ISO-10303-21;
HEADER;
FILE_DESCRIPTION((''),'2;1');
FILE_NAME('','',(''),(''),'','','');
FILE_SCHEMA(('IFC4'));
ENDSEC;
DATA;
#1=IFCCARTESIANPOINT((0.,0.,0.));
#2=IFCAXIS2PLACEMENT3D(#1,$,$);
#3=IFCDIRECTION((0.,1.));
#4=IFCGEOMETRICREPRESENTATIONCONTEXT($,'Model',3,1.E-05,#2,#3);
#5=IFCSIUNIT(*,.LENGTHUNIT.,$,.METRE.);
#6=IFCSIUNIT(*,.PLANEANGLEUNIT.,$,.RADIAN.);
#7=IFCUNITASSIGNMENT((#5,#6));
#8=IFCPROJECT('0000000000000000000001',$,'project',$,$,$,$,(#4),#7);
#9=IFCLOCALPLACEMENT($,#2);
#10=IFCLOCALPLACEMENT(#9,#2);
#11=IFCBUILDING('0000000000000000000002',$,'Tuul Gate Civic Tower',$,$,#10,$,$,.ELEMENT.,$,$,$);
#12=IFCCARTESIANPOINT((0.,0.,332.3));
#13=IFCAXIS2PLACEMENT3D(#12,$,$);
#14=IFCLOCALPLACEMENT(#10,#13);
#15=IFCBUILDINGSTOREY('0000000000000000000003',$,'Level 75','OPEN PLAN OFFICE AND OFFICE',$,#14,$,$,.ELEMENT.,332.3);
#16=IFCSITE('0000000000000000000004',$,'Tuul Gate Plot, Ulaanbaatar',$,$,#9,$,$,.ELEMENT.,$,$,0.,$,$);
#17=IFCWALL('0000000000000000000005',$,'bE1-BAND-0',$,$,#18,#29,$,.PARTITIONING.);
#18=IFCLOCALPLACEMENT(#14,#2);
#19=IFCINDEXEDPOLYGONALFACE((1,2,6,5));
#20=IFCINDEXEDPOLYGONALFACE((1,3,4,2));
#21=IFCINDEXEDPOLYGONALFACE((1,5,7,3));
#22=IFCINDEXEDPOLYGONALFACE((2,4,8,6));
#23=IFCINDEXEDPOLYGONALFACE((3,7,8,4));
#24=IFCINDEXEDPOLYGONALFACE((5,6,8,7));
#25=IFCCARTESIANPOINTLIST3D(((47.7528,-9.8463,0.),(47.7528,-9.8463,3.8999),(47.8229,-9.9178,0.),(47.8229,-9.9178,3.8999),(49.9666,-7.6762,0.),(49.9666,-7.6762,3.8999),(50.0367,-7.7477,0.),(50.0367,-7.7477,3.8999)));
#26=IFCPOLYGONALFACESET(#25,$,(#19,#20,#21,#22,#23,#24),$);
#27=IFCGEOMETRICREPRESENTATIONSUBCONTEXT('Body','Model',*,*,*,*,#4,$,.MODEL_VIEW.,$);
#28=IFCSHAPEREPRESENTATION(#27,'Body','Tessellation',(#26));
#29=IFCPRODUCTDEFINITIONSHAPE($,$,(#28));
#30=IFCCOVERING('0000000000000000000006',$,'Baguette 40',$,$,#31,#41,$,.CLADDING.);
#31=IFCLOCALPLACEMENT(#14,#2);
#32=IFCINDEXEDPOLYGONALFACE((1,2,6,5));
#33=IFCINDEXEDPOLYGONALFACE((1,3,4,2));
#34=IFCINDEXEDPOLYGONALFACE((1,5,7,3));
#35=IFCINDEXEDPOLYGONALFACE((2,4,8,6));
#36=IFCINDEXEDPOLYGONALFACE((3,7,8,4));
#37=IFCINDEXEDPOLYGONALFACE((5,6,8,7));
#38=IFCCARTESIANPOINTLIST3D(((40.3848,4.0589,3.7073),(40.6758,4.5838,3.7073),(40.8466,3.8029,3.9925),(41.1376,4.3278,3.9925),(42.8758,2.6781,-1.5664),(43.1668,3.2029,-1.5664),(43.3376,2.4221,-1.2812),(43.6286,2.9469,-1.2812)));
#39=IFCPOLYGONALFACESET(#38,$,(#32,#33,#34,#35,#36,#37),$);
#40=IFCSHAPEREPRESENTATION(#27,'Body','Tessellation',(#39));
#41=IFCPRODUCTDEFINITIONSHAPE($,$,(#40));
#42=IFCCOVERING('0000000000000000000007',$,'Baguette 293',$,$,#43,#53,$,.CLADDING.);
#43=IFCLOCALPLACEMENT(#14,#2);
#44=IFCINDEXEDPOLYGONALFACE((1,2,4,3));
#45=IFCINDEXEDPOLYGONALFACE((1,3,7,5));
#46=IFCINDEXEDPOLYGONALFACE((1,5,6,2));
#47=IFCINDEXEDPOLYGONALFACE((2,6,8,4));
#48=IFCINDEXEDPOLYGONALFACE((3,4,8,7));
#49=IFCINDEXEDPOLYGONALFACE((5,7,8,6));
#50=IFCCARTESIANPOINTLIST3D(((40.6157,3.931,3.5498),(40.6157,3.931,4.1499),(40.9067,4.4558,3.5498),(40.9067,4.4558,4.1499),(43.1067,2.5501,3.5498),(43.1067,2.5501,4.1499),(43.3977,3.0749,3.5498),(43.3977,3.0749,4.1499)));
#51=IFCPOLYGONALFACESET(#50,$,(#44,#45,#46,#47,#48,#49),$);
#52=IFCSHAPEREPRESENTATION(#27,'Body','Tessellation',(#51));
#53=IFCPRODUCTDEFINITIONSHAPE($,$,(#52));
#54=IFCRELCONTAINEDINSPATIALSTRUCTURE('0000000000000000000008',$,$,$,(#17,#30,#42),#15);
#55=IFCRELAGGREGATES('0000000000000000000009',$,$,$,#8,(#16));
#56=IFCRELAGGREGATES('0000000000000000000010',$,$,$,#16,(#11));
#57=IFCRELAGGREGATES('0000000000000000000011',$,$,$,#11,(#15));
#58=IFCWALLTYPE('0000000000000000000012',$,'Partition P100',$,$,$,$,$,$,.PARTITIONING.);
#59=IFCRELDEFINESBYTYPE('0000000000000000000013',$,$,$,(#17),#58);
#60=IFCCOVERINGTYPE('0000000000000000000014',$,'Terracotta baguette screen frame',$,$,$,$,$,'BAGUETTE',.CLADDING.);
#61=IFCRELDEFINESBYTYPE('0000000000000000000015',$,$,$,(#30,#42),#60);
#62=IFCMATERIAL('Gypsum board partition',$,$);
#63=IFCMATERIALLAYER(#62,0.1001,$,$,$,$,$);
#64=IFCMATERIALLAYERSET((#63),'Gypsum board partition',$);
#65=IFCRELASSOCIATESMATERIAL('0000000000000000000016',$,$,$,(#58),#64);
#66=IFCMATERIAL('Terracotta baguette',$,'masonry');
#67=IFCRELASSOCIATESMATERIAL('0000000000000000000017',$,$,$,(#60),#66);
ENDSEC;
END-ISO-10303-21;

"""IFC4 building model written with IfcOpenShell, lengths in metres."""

from ifc_helpers import new_model, si_unit, direction, frame, frame_2d, origin, origin_2d, place, context, subcontext, project, spatial, rectangle, extrude, material, layer, layer_set, material_profile, profile_set, type_object, element, save


model = new_model("IFC4")

# Units and contexts
model_context = context("Model", 3, precision=1e-05, world=origin(), true_north=direction((0.0, 1.0)))
body_context = subcontext(model_context, "Body", "Model", "MODEL_VIEW")
ifc_project = project(units=[si_unit("LENGTHUNIT", "METRE"), si_unit("PLANEANGLEUNIT", "RADIAN")], contexts=[model_context])

# Site, building, storey
site_placement = place(None, origin())
site = spatial("IfcSite", under=ifc_project, at=site_placement, Name="Tuul Gate Plot, Ulaanbaatar", CompositionType="ELEMENT", RefElevation=0.0)
building_placement = place(site_placement, origin())
building = spatial("IfcBuilding", under=site, at=building_placement, Name="Tuul Gate Civic Tower", CompositionType="ELEMENT")
storey_placement = place(building_placement, frame((0.0, 0.0, 332.3)))
storey = spatial("IfcBuildingStorey", under=building, at=storey_placement, Name="Level 75", Description="OPEN PLAN OFFICE AND OFFICE", CompositionType="ELEMENT", Elevation=332.3)

# Wall
ifc_material_1 = material(Name="Gypsum board partition")
ifc_layer_1 = layer(ifc_material_1, 0.1001)
ifc_layer_set_1 = layer_set([ifc_layer_1], Name="Gypsum board partition")
wall_type_1 = type_object("IfcWallType", Name="Partition P100", PredefinedType="PARTITIONING", material=ifc_layer_set_1)
wall_1_placement = place(storey_placement, frame((47.7878, -9.8821, 0.0), z_axis=(0.0, 0.0, 1.0), x_axis=(0.71412, 0.700023, 0.0)))
element("IfcWall", 1, at=wall_1_placement, inside=storey, type_object=wall_type_1, Name="bE1-BAND-0", PredefinedType="PARTITIONING", context=body_context, shape_type="SweptSolid", body=[
    extrude(rectangle(XDim=3.1001, YDim=0.1001, at=frame_2d((1.55, 0.0))), origin(), (0.0, 0.0, 1.0), 3.8999),
])

# Coverings
ifc_material_2 = material(Name="Terracotta baguette", Category="masonry")
ifc_material_profile_1 = material_profile(ifc_material_2, rectangle(XDim=0.6001, YDim=0.6001, at=origin_2d()), Name="Terracotta baguette screen frame")
ifc_profile_set_1 = profile_set([ifc_material_profile_1], Name="Terracotta baguette")
covering_type = type_object("IfcCoveringType", Name="Terracotta baguette screen frame", ElementType="BAGUETTE", PredefinedType="CLADDING", material=ifc_profile_set_1)
covering_1_placement = place(storey_placement, frame((43.2522, 2.8125, -1.4238), z_axis=(-0.415603, 0.230388, 0.879883), x_axis=(-0.484835, -0.874606, 0.0)))
element("IfcCovering", 2, at=covering_1_placement, inside=storey, type_object=covering_type, Name="Baguette 40", PredefinedType="CLADDING", context=body_context, shape_type="SweptSolid", body=[
    extrude(rectangle(XDim=0.6001, YDim=0.6001, at=origin_2d()), origin(), (0.0, 0.0, 1.0), 5.9937),
])
covering_2_placement = place(storey_placement, frame((43.2522, 2.8125, 3.8499), z_axis=(-0.874606, 0.484835, 0.0), x_axis=(-0.484835, -0.874606, 0.0)))
element("IfcCovering", 3, at=covering_2_placement, inside=storey, type_object=covering_type, Name="Baguette 293", PredefinedType="CLADDING", context=body_context, shape_type="SweptSolid", body=[
    extrude(rectangle(XDim=0.6001, YDim=0.6001, at=origin_2d()), origin(), (0.0, 0.0, 1.0), 2.8481),
])

save(model, "model.ifc")
